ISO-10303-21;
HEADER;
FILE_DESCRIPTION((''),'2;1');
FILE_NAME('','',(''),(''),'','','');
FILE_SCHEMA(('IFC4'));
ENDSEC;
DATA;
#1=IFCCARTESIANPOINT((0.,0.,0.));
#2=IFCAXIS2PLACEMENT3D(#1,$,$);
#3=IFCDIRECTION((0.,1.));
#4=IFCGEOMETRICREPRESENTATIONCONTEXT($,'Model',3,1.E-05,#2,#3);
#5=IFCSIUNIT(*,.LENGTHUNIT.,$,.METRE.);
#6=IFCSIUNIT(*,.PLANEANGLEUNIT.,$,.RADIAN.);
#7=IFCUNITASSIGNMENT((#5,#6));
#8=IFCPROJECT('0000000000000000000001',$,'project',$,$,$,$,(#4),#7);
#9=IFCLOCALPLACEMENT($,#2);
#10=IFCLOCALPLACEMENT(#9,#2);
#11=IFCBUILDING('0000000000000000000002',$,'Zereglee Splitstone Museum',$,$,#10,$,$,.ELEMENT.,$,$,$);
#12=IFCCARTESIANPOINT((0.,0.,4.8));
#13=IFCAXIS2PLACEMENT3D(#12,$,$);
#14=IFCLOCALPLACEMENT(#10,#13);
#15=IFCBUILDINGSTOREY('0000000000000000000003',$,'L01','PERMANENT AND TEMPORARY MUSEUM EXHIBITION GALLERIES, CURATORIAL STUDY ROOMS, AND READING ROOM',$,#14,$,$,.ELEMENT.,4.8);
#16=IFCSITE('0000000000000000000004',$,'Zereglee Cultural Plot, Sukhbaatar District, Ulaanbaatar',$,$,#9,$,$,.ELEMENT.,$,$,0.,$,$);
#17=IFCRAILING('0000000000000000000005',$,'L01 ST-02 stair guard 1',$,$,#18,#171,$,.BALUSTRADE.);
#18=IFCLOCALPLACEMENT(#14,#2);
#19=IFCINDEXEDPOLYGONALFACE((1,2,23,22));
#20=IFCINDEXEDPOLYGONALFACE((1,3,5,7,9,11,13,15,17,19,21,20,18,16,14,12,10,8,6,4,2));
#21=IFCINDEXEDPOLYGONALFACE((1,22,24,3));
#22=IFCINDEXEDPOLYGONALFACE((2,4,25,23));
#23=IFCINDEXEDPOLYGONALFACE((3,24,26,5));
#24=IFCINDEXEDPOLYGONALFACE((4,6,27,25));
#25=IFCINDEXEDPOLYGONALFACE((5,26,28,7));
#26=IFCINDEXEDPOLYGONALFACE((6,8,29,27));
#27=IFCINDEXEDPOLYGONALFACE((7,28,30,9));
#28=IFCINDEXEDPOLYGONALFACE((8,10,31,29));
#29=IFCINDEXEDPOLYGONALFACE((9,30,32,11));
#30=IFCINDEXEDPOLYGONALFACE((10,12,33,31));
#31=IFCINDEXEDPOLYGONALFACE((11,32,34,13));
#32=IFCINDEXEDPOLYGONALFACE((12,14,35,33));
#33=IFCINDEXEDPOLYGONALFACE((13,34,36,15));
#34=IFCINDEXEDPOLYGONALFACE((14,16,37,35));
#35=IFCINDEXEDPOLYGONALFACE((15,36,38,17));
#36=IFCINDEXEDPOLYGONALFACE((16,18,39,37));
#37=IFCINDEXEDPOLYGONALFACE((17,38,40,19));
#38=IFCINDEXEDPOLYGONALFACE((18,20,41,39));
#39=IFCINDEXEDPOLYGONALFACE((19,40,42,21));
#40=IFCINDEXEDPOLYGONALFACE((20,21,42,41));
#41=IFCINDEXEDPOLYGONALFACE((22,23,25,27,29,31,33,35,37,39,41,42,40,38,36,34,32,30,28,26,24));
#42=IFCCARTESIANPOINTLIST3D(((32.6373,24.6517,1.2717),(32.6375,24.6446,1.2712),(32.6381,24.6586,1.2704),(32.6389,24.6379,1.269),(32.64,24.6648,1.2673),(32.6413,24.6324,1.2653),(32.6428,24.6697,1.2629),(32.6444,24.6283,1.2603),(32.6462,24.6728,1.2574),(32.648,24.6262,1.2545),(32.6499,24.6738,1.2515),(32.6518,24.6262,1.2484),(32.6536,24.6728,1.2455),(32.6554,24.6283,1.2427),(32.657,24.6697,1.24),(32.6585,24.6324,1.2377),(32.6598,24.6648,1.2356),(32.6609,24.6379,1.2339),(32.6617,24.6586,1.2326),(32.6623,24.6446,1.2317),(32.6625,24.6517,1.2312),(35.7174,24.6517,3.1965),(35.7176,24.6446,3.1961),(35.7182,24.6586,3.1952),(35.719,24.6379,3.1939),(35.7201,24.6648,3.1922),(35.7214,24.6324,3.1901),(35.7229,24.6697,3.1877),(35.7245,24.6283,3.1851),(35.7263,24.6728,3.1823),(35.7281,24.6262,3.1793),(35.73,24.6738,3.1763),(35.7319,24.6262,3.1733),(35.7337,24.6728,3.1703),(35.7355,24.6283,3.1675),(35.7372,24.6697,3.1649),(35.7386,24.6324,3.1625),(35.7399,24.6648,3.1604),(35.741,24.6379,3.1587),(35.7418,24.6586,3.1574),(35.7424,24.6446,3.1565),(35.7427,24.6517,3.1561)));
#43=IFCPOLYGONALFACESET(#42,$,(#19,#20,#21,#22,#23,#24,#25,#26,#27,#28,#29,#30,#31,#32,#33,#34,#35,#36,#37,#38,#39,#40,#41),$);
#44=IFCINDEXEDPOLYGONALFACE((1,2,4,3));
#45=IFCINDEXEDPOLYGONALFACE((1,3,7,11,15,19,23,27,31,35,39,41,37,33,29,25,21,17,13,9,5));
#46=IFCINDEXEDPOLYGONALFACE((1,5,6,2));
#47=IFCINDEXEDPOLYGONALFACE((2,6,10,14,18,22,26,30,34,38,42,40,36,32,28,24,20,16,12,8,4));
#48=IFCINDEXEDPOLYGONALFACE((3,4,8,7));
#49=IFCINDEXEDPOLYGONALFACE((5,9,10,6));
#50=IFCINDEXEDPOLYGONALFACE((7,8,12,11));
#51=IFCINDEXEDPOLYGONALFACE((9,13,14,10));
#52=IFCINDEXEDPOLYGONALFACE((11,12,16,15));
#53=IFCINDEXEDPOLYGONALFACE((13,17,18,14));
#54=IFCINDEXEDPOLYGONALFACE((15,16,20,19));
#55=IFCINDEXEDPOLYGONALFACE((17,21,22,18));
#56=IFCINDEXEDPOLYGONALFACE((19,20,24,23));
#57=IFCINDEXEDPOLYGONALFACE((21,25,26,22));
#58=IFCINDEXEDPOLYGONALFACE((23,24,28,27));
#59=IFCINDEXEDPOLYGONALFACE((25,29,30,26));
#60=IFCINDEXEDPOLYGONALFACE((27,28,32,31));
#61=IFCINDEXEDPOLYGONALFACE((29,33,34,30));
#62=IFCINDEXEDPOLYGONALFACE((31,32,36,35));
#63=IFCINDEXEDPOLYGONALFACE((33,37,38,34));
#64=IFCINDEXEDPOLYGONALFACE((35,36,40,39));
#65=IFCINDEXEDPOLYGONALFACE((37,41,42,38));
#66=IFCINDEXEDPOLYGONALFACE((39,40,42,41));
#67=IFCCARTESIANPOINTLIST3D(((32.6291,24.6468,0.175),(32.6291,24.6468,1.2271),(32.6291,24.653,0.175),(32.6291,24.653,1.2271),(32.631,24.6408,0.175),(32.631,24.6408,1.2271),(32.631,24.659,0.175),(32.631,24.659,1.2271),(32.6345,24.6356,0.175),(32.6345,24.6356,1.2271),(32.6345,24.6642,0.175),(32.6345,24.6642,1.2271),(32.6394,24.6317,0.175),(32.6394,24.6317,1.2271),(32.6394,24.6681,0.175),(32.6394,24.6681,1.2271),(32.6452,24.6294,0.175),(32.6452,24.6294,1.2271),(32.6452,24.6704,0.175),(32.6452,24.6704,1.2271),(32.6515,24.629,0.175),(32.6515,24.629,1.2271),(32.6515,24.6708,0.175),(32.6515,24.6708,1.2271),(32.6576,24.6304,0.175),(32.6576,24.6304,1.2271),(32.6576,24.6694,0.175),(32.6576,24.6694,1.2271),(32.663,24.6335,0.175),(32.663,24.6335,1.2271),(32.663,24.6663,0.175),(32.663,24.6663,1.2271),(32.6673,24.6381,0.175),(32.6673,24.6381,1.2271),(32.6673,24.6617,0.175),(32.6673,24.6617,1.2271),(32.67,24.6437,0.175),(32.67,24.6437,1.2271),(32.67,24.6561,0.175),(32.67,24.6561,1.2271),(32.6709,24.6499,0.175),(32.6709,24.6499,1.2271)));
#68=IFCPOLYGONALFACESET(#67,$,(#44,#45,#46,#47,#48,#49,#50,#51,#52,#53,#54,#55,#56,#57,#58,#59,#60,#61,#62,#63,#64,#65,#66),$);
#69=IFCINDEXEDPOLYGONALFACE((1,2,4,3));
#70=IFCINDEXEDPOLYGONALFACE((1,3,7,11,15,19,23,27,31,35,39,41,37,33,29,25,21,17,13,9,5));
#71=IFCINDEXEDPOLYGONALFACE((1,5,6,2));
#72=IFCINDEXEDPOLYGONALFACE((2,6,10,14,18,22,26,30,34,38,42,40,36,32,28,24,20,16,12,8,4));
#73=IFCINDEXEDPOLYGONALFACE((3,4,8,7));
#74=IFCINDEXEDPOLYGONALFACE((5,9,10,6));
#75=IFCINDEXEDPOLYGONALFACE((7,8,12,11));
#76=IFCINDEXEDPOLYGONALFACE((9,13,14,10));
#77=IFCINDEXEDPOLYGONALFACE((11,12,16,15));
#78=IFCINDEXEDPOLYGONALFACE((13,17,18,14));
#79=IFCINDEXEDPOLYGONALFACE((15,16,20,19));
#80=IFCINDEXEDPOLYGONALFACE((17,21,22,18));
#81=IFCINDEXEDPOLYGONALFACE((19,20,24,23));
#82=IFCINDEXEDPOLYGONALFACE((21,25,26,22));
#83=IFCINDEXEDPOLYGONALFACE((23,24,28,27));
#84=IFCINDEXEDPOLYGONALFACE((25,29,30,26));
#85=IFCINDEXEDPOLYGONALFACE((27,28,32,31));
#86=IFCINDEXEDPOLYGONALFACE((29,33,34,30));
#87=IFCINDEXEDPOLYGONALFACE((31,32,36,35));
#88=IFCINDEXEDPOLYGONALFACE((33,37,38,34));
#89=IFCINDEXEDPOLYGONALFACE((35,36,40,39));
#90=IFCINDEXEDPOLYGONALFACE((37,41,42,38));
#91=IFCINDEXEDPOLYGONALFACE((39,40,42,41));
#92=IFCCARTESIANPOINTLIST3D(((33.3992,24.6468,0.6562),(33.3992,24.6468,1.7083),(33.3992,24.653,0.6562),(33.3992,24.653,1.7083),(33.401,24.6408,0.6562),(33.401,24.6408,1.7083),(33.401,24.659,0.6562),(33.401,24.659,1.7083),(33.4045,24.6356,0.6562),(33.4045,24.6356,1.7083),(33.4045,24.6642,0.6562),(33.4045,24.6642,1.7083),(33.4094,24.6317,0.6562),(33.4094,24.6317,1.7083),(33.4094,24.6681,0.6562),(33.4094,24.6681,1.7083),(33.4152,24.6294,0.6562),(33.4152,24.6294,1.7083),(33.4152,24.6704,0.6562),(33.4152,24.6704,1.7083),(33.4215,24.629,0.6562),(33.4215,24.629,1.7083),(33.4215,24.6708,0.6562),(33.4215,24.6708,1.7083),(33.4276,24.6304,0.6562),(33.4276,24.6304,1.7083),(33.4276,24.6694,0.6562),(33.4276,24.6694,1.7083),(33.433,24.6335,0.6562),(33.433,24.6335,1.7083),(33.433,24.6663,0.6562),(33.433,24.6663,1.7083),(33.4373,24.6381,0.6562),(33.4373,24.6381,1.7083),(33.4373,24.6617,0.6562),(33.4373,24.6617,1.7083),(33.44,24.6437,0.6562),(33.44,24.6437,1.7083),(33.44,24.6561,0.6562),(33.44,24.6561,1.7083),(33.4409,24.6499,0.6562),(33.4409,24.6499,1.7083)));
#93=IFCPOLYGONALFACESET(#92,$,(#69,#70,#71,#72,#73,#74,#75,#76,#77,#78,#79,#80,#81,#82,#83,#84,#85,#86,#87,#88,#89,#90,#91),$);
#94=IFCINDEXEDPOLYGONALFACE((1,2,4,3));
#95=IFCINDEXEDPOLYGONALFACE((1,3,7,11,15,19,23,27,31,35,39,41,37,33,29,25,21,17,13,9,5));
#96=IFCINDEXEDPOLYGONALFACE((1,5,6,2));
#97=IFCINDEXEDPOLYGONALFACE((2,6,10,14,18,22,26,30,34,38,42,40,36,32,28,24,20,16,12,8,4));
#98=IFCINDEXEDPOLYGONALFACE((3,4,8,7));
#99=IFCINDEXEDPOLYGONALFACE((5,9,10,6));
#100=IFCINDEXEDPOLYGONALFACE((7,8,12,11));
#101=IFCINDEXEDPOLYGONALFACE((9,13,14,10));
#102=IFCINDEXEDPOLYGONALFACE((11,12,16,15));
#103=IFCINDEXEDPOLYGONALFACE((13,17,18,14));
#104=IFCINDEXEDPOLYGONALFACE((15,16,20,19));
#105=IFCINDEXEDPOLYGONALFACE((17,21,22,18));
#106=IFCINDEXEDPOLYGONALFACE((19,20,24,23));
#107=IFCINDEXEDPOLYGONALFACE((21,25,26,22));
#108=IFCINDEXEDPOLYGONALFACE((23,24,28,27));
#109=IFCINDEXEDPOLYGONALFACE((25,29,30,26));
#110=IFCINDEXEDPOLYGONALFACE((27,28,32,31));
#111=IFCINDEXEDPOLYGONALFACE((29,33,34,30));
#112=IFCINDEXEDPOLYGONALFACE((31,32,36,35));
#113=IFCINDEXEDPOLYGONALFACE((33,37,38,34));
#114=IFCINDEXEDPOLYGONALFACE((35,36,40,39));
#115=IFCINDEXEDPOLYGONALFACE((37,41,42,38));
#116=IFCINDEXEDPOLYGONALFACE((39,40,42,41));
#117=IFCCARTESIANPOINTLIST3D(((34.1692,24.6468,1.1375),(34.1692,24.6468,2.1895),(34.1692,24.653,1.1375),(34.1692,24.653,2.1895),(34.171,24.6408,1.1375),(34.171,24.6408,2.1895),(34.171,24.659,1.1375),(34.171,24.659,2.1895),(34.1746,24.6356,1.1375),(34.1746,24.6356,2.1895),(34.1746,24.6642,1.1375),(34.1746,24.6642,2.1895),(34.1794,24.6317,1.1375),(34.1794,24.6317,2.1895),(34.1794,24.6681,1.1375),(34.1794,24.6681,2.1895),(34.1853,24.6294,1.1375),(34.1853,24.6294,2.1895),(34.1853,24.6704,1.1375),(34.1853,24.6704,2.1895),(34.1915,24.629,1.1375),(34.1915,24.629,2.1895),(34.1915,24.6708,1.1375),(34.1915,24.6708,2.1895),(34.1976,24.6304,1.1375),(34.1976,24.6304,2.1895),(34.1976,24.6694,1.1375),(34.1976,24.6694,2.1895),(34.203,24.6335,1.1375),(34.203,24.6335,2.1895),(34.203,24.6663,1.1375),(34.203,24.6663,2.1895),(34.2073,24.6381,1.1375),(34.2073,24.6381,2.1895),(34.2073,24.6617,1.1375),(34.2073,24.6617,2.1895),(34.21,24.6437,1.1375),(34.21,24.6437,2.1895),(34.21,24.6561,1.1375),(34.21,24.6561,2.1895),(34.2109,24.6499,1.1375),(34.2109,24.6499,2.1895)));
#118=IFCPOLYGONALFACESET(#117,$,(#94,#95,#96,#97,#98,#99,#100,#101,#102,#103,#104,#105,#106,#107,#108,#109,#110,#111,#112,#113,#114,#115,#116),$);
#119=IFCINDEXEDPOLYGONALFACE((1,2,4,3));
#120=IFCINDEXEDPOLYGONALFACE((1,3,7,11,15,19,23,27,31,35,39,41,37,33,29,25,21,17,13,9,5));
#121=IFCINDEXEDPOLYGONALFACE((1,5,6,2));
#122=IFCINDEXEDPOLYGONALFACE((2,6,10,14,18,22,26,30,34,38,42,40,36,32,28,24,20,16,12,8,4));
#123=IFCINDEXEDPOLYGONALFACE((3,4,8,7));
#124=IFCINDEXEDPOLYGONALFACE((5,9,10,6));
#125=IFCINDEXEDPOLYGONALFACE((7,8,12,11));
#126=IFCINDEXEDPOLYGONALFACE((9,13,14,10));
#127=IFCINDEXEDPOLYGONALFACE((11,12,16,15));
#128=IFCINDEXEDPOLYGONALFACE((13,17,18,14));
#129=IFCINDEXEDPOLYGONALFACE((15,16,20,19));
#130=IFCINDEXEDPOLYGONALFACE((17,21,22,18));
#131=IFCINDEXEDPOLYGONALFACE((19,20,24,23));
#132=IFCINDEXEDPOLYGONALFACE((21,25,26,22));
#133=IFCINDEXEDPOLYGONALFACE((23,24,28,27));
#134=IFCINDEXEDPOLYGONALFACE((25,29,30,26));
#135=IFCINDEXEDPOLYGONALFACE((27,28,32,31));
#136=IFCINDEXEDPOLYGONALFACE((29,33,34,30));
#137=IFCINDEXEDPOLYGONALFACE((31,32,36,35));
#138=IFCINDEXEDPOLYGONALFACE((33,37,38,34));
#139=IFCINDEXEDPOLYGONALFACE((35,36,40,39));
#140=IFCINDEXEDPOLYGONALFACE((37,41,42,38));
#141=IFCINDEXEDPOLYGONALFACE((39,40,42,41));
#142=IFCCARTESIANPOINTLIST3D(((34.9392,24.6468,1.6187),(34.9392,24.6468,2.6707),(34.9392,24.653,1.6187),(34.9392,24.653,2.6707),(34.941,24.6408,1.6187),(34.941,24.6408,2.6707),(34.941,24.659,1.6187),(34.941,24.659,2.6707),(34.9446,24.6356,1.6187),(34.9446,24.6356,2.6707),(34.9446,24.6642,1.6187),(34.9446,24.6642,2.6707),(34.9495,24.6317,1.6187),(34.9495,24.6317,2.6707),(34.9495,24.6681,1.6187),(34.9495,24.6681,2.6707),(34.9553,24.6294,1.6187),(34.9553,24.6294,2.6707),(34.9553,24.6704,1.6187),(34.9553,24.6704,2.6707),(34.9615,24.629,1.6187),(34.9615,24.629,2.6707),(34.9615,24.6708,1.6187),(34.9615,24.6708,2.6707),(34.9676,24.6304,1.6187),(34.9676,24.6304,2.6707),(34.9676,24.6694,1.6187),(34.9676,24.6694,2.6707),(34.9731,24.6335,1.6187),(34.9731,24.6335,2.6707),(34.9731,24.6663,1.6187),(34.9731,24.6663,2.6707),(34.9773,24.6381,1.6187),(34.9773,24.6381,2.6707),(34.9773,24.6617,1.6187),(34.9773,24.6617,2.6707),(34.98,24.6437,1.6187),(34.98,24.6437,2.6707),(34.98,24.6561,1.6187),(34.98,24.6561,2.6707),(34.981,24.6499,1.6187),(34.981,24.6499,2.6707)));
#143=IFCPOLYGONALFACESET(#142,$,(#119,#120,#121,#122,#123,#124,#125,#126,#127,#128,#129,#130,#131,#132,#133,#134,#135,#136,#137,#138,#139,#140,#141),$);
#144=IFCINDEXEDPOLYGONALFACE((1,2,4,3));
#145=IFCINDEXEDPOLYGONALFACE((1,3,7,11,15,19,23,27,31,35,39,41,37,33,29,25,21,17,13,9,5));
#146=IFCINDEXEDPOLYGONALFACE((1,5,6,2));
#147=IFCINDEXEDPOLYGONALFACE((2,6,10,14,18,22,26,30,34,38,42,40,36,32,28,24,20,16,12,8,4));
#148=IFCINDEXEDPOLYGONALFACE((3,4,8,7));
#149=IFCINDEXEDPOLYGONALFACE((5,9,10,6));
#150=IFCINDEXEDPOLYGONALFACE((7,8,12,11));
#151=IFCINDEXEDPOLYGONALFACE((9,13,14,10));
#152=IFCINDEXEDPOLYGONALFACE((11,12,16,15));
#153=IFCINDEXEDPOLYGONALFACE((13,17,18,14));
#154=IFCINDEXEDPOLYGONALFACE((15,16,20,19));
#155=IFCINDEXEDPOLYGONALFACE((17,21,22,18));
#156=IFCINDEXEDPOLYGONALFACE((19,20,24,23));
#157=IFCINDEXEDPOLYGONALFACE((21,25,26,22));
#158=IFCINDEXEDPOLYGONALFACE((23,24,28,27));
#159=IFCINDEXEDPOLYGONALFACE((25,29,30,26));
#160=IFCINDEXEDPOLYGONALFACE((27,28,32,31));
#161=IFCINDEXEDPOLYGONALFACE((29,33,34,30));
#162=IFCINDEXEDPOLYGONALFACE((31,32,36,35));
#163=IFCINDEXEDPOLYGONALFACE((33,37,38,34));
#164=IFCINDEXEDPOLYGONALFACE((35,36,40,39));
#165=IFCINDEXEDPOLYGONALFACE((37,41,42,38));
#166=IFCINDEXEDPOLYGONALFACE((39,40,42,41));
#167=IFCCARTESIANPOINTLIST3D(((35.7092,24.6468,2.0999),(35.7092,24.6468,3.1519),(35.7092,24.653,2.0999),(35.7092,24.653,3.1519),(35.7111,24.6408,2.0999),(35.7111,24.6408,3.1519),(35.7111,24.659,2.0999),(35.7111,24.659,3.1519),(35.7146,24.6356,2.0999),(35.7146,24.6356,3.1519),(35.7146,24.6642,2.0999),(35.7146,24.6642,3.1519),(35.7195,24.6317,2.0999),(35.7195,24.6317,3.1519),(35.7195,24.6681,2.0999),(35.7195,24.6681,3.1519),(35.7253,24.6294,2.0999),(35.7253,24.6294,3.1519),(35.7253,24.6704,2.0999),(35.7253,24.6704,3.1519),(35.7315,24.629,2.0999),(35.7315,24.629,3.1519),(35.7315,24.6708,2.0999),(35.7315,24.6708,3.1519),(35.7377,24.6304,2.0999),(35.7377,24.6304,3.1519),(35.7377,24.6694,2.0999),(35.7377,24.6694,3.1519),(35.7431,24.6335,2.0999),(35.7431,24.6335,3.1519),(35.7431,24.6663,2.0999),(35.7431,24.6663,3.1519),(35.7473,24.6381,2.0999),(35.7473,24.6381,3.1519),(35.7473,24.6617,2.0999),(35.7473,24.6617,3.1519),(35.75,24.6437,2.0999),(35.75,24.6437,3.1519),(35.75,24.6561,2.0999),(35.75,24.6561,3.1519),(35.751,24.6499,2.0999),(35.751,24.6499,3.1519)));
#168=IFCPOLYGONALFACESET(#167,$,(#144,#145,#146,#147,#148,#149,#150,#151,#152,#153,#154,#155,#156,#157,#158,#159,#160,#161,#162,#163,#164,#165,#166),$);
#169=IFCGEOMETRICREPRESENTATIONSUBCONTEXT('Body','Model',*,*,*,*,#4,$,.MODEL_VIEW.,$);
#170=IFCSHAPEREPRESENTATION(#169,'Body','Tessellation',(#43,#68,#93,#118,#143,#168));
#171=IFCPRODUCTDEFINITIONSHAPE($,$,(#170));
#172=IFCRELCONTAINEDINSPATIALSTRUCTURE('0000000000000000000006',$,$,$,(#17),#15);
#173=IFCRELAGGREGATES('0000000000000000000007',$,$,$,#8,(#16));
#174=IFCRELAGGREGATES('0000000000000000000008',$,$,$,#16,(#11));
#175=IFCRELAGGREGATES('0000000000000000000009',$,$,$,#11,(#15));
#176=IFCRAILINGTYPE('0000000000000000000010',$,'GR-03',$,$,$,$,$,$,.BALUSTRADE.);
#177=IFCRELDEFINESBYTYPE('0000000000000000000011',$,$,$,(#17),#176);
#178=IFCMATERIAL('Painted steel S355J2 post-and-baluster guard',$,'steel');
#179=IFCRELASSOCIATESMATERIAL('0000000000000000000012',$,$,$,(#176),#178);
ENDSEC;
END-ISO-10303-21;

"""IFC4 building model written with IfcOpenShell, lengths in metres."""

from ifc_helpers import new_model, si_unit, direction, frame, origin, origin_2d, place, context, subcontext, project, spatial, circle, extrude, material, type_object, element, save


model = new_model("IFC4")

# Units and contexts
model_context = context("Model", 3, precision=1e-05, world=origin(), true_north=direction((0.0, 1.0)))
body_context = subcontext(model_context, "Body", "Model", "MODEL_VIEW")
ifc_project = project(units=[si_unit("LENGTHUNIT", "METRE"), si_unit("PLANEANGLEUNIT", "RADIAN")], contexts=[model_context])

# Site, building, storey
site_placement = place(None, origin())
site = spatial("IfcSite", under=ifc_project, at=site_placement, Name="Zereglee Cultural Plot, Sukhbaatar District, Ulaanbaatar", CompositionType="ELEMENT", RefElevation=0.0)
building_placement = place(site_placement, origin())
building = spatial("IfcBuilding", under=site, at=building_placement, Name="Zereglee Splitstone Museum", CompositionType="ELEMENT")
storey_placement = place(building_placement, frame((0.0, 0.0, 4.8)))
storey = spatial("IfcBuildingStorey", under=building, at=storey_placement, Name="L01", Description="PERMANENT AND TEMPORARY MUSEUM EXHIBITION GALLERIES, CURATORIAL STUDY ROOMS, AND READING ROOM", CompositionType="ELEMENT", Elevation=4.8)

# Railing
ifc_material_1 = material(Name="Painted steel S355J2 post-and-baluster guard", Category="steel")
railing_type_1 = type_object("IfcRailingType", Name="GR-03", PredefinedType="BALUSTRADE", material=ifc_material_1)
railing_1_placement = place(storey_placement, frame((32.6499, 24.6499, 0.175)))
element("IfcRailing", 1, at=railing_1_placement, inside=storey, type_object=railing_type_1, Name="L01 ST-02 stair guard 1", PredefinedType="BALUSTRADE", context=body_context, shape_type="SweptSolid", body=[
    extrude(circle(Radius=0.0239, at=origin_2d()), frame((0.0, 0.0, 1.0764), z_axis=(0.848029, 0.0, 0.529951), x_axis=(0.0, 1.0, 0.0)), (0.0, 0.0, 1.0), 3.6321),
    extrude(circle(Radius=0.021, at=origin_2d()), origin(), (0.0, 0.0, 1.0), 1.052),
    extrude(circle(Radius=0.021, at=origin_2d()), frame((0.77, 0.0, 0.4812)), (0.0, 0.0, 1.0), 1.052),
    extrude(circle(Radius=0.021, at=origin_2d()), frame((1.54, 0.0, 0.9624)), (0.0, 0.0, 1.0), 1.052),
    extrude(circle(Radius=0.021, at=origin_2d()), frame((2.3101, 0.0, 1.4436)), (0.0, 0.0, 1.0), 1.052),
    extrude(circle(Radius=0.021, at=origin_2d()), frame((3.0801, 0.0, 1.9248)), (0.0, 0.0, 1.0), 1.052),
])

save(model, "model.ifc")
